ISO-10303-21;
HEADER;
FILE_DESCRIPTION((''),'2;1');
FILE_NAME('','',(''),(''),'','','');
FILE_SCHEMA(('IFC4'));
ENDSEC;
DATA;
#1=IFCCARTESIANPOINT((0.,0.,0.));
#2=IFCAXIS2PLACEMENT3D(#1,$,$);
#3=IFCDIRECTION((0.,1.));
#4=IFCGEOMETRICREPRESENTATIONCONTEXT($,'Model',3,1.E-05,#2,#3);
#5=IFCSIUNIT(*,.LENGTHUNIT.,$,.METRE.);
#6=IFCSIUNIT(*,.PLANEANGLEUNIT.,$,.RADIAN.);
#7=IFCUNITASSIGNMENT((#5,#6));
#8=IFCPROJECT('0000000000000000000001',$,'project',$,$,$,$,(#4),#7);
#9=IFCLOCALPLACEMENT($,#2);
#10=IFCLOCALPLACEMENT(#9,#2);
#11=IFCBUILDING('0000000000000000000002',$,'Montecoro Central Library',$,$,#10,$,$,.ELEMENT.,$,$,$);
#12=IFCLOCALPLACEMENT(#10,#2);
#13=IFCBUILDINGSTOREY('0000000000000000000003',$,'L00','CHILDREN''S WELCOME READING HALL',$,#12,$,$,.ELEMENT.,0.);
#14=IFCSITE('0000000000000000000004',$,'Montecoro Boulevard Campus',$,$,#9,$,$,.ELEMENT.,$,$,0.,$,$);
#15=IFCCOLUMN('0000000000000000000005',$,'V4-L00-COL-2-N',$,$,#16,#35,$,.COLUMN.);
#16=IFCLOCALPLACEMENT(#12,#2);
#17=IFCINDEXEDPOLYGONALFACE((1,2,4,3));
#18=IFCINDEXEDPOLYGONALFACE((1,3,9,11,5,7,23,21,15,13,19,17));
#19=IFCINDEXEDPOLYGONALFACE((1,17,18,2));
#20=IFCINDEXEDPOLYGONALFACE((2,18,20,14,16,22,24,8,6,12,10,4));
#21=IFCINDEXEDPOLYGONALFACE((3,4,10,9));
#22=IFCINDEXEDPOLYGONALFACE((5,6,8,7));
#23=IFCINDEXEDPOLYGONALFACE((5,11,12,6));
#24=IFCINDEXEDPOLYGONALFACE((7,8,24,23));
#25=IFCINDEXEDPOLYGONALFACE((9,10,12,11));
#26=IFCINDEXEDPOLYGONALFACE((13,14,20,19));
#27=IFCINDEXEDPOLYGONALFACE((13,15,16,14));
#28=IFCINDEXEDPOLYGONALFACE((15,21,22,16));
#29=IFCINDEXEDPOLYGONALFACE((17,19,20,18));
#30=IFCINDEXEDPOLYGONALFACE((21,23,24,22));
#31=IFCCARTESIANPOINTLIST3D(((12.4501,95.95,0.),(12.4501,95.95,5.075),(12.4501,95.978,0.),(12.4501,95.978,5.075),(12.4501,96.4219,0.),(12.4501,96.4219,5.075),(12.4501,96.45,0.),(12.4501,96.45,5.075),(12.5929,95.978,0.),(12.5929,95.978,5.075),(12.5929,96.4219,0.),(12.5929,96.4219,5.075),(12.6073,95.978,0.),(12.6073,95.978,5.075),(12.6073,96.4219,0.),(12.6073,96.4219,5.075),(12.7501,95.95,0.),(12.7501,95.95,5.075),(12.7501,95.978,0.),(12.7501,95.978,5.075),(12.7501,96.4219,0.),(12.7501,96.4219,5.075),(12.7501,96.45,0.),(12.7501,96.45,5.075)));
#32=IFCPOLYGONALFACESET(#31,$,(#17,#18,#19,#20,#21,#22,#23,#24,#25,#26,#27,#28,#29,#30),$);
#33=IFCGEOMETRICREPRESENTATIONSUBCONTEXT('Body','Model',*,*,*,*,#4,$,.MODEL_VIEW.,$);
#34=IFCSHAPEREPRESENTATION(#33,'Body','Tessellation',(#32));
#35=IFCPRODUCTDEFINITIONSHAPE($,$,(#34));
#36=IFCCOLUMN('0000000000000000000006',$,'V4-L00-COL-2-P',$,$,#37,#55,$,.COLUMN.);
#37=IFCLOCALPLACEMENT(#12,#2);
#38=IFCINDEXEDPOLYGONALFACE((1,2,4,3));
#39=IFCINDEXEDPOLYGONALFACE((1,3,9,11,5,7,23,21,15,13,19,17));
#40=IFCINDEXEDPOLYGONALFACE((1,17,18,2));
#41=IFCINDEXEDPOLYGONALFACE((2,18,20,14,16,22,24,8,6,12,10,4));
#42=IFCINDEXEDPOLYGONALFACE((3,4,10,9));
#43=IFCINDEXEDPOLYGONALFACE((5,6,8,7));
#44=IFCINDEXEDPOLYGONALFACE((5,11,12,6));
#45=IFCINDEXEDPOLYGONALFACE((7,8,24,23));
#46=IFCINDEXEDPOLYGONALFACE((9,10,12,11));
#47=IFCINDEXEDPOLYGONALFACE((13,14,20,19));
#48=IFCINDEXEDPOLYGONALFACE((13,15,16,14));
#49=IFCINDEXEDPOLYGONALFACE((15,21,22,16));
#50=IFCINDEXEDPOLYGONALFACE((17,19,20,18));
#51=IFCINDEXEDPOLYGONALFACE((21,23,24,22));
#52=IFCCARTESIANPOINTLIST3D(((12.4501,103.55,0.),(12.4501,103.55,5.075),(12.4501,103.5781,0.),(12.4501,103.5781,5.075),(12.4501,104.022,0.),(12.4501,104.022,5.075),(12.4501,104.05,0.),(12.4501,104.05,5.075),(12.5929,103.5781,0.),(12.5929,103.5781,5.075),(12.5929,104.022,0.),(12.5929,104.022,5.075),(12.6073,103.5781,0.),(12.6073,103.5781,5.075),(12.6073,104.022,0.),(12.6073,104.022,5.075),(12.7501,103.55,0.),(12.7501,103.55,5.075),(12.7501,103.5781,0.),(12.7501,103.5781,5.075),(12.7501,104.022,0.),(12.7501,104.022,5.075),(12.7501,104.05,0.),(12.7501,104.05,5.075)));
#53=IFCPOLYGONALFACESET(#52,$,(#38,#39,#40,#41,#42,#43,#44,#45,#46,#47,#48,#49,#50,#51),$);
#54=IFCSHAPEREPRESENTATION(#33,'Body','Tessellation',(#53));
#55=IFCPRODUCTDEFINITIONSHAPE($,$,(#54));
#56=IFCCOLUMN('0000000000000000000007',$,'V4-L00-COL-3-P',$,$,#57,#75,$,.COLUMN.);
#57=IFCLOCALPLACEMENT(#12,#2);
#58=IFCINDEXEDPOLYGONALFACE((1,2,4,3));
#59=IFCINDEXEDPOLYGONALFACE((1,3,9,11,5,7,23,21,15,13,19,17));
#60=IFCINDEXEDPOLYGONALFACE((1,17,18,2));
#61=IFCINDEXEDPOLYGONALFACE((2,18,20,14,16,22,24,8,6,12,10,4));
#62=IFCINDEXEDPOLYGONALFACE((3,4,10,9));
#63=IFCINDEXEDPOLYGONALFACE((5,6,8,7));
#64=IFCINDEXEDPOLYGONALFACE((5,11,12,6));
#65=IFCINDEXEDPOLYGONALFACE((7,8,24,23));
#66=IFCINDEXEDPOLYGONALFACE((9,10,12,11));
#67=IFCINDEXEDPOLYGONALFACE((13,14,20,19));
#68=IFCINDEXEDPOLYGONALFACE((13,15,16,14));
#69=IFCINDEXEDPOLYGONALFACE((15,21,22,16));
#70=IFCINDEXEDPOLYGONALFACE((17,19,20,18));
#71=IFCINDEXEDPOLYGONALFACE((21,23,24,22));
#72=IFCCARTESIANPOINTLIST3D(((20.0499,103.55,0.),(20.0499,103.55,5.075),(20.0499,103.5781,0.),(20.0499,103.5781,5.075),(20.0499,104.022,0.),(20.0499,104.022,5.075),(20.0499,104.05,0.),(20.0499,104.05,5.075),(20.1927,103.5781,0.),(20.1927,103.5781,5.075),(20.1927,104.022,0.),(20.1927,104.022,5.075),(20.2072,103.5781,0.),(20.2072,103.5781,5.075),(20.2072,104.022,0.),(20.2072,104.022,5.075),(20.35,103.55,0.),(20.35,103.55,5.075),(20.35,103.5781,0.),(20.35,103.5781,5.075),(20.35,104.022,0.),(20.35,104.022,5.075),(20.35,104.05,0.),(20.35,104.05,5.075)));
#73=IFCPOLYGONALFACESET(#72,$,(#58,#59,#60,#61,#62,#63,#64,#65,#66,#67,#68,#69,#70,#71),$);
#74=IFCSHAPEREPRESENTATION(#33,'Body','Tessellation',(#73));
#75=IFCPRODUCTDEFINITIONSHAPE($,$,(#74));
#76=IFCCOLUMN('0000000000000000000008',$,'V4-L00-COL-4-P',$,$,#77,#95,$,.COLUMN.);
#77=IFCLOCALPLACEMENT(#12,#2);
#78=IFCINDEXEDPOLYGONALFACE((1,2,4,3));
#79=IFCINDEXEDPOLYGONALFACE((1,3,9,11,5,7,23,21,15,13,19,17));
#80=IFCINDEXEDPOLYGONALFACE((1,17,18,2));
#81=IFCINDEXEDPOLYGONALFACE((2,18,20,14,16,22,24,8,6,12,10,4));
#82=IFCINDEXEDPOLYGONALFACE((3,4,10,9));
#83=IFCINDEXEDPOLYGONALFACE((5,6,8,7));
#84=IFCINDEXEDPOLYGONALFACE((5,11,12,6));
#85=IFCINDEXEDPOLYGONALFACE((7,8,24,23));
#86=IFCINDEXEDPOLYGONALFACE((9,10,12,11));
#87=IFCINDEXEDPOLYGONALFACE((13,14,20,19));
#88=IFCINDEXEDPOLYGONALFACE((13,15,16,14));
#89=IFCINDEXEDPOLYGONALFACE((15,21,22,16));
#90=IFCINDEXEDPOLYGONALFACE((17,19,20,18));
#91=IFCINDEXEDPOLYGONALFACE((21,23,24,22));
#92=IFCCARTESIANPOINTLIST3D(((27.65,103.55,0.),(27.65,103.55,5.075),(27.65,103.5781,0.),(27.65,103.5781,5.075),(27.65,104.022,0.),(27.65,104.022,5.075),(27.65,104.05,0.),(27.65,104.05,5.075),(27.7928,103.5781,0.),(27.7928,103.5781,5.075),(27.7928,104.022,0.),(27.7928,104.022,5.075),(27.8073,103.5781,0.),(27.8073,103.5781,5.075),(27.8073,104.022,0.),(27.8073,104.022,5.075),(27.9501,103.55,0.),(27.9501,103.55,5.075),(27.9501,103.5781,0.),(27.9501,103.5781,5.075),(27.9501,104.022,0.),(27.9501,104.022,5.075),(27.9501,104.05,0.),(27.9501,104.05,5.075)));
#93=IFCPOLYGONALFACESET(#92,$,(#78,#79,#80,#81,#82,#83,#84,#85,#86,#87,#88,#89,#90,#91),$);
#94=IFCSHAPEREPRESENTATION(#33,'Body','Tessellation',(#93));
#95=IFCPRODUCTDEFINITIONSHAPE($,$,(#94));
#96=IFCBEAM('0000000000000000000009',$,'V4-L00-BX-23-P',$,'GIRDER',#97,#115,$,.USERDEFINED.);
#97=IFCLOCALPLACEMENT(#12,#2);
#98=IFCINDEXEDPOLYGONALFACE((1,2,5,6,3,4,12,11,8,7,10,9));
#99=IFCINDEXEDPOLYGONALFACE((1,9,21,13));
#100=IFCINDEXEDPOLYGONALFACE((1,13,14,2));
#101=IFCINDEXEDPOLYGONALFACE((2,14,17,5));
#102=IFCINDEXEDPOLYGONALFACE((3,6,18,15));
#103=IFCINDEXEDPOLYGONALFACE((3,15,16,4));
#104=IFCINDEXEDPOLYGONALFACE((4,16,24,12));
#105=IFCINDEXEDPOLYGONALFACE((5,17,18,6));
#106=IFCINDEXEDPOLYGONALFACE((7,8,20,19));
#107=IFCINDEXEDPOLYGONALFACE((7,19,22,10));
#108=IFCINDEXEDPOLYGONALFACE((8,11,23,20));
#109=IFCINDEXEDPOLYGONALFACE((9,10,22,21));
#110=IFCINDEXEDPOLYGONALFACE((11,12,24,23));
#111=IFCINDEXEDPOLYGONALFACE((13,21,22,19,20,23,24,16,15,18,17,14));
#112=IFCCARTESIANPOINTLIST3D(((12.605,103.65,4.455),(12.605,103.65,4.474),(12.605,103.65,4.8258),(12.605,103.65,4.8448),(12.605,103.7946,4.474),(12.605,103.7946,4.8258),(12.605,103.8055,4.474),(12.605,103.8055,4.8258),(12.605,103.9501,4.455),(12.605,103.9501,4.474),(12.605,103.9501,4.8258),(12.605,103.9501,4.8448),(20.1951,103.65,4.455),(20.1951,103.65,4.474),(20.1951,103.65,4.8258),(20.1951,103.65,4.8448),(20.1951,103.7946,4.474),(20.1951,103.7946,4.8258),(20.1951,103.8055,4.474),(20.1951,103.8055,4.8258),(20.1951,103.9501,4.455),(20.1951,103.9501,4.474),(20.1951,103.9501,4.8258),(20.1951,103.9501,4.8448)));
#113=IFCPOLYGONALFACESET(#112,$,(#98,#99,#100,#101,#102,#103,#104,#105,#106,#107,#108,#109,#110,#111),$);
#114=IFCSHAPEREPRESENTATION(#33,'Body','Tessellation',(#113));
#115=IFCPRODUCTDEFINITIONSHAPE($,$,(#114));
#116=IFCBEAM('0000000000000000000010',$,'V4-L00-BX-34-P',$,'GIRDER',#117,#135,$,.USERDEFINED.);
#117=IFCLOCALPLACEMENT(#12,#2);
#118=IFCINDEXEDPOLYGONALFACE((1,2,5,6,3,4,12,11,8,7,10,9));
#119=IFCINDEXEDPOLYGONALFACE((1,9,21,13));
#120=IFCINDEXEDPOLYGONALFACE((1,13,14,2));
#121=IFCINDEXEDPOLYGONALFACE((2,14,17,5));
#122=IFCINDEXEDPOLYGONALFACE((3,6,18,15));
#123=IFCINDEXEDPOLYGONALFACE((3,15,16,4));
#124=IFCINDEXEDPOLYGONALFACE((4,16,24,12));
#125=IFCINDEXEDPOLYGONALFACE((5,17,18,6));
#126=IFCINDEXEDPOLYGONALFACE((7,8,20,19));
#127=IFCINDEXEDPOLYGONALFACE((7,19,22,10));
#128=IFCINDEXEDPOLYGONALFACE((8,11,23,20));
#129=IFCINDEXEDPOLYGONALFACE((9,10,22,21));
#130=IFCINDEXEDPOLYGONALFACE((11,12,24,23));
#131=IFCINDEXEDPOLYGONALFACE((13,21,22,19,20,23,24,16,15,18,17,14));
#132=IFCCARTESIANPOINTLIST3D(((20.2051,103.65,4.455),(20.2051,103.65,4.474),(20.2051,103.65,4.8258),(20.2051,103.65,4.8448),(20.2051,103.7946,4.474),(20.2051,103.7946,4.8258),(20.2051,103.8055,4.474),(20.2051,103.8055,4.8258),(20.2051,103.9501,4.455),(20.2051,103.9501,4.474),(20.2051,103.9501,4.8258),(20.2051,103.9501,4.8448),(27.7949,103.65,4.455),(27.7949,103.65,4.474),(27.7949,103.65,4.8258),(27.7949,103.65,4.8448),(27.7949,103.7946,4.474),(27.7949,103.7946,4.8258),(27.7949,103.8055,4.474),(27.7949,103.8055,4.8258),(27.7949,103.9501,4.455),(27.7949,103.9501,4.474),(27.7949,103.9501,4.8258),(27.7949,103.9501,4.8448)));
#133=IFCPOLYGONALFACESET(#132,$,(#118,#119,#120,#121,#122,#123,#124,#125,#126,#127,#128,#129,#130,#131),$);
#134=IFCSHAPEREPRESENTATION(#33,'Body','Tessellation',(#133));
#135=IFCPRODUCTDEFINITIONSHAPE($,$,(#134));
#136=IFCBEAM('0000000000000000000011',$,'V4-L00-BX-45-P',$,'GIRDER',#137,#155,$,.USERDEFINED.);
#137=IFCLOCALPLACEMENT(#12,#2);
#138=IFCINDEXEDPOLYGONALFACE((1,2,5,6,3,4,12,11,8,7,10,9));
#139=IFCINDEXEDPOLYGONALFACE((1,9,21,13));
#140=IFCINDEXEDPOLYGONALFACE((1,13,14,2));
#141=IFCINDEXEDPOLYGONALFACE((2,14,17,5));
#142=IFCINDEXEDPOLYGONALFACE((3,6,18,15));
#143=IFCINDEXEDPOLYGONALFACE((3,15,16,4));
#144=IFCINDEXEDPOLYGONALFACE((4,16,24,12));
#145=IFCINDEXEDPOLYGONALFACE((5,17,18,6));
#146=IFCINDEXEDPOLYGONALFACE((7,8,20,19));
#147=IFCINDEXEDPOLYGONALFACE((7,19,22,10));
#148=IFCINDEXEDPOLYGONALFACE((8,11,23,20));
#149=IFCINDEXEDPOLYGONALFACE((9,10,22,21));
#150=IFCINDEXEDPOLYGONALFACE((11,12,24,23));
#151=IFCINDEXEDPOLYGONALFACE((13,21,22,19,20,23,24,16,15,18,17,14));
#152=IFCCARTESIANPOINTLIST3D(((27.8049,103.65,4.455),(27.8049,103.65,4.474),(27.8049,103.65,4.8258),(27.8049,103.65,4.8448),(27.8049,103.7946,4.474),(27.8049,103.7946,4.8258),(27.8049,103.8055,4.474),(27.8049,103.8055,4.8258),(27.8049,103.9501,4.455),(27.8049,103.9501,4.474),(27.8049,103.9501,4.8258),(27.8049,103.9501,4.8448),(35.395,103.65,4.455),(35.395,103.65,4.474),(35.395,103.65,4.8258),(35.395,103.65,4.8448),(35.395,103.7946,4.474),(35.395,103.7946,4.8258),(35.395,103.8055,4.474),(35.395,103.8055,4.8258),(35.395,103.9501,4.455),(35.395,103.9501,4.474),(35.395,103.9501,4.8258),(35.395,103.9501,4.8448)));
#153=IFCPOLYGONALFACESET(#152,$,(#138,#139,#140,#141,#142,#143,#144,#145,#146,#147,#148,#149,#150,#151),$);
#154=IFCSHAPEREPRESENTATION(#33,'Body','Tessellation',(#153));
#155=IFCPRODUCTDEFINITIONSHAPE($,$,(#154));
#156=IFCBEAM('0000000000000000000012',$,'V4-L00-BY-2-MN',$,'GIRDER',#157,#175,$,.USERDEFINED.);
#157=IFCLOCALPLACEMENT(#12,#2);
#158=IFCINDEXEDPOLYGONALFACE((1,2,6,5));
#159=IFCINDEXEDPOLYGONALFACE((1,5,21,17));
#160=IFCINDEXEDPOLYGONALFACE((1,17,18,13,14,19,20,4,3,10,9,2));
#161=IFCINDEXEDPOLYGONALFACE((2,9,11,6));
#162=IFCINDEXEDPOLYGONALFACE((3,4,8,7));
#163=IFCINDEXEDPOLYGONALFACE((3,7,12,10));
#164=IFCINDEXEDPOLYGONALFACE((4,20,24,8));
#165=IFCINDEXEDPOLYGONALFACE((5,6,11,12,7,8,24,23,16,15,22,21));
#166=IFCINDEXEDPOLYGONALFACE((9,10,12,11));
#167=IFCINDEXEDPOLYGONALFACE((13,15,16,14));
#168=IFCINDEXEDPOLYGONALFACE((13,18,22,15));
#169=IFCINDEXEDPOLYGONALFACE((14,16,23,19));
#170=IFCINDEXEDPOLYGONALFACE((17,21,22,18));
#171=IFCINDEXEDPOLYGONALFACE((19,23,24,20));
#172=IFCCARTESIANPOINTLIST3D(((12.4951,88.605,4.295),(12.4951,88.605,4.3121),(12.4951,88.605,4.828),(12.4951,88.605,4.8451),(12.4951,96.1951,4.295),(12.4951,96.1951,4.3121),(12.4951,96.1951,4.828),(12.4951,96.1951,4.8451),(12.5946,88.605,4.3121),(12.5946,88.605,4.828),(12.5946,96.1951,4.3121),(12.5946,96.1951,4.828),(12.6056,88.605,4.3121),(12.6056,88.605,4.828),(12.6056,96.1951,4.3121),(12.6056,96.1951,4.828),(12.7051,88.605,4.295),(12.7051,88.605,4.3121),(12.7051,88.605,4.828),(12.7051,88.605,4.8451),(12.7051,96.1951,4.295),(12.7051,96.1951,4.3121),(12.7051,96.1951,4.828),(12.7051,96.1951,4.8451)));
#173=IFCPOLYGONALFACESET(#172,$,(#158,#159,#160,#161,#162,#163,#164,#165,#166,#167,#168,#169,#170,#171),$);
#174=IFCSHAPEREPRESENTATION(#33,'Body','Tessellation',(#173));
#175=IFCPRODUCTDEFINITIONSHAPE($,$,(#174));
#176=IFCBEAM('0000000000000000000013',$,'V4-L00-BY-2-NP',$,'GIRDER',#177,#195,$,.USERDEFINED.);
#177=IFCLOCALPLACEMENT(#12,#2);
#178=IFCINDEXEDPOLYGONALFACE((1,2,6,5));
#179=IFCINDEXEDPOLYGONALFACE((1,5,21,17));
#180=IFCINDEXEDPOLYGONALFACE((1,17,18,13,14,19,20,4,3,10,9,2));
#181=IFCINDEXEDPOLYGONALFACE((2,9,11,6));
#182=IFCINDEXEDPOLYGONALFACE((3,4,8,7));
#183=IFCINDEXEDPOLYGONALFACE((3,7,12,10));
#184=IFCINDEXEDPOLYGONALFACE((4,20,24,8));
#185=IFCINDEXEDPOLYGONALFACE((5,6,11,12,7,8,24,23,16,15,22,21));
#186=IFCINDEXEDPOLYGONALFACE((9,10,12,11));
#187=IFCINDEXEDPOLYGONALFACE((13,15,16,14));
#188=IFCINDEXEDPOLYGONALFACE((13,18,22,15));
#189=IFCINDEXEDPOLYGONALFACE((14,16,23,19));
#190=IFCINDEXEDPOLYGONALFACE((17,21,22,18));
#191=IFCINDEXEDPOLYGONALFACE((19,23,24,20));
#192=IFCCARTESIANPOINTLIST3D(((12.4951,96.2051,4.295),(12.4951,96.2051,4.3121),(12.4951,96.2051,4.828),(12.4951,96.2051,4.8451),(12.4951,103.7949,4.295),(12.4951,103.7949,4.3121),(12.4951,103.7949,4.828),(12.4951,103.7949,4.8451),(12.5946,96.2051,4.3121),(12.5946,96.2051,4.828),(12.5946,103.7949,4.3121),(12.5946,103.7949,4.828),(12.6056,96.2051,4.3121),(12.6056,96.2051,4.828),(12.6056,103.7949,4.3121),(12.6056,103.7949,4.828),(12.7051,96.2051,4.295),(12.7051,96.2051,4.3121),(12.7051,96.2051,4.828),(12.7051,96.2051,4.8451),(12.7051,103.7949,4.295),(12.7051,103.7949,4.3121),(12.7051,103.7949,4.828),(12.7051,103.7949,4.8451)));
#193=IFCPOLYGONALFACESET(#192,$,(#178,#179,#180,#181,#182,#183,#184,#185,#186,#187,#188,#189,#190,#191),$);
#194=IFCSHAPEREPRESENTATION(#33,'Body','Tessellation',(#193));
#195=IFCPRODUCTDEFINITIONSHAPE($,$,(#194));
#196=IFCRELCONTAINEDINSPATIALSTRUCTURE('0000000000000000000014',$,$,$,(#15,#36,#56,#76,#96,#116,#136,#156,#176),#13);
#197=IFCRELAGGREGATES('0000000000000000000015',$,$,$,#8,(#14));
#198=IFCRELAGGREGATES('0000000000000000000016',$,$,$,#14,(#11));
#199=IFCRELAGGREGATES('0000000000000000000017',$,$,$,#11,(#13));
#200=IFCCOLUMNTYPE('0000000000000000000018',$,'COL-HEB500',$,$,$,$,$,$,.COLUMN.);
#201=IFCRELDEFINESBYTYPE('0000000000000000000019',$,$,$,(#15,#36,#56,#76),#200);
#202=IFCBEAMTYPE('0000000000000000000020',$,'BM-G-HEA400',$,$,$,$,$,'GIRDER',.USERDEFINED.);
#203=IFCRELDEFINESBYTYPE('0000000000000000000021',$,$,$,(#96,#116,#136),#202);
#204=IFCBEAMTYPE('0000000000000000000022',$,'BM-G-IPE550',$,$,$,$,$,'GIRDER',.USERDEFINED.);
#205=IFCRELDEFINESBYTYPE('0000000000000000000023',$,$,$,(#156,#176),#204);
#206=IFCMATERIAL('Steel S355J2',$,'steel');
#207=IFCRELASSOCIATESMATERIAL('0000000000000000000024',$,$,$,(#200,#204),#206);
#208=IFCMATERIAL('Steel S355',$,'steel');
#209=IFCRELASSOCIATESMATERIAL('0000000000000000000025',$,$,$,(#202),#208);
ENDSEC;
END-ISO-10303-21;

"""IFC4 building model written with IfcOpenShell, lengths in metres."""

from ifc_helpers import new_model, si_unit, direction, frame, origin, origin_2d, place, context, subcontext, project, spatial, i_section, extrude, material, material_profile, profile_set, type_object, element, save


model = new_model("IFC4")

# Units and contexts
model_context = context("Model", 3, precision=1e-05, world=origin(), true_north=direction((0.0, 1.0)))
body_context = subcontext(model_context, "Body", "Model", "MODEL_VIEW")
ifc_project = project(units=[si_unit("LENGTHUNIT", "METRE"), si_unit("PLANEANGLEUNIT", "RADIAN")], contexts=[model_context])

# Site, building, storey
site_placement = place(None, origin())
site = spatial("IfcSite", under=ifc_project, at=site_placement, Name="Montecoro Boulevard Campus", CompositionType="ELEMENT", RefElevation=0.0)
building_placement = place(site_placement, origin())
building = spatial("IfcBuilding", under=site, at=building_placement, Name="Montecoro Central Library", CompositionType="ELEMENT")
storey_placement = place(building_placement, origin())
storey = spatial("IfcBuildingStorey", under=building, at=storey_placement, Name="L00", Description="CHILDREN'S WELCOME READING HALL", CompositionType="ELEMENT", Elevation=0.0)

# Columns
ifc_material_1 = material(Name="Steel S355J2", Category="steel")
ifc_material_profile_1 = material_profile(ifc_material_1, i_section(OverallWidth=0.3, OverallDepth=0.5, WebThickness=0.0144, FlangeThickness=0.0281, at=origin_2d()), Name="HEB 500")
ifc_profile_set_1 = profile_set([ifc_material_profile_1], Name="Steel S355J2")
column_type = type_object("IfcColumnType", Name="COL-HEB500", PredefinedType="COLUMN", material=ifc_profile_set_1)
for number, where, z_axis, x_axis, name in (
    (1, (12.6001, 96.2, 0.0), (0.0, 0.0, 1.0), (1.0, 0.0, 0.0), "V4-L00-COL-2-N"),
    (2, (12.6001, 103.8, 0.0), (0.0, 0.0, 1.0), (1.0, 0.0, 0.0), "V4-L00-COL-2-P"),
    (3, (20.2, 103.8, 0.0), (0.0, 0.0, 1.0), (1.0, 0.0, 0.0), "V4-L00-COL-3-P"),
    (4, (27.8, 103.8, 0.0), (0.0, 0.0, 1.0), (1.0, 0.0, 0.0), "V4-L00-COL-4-P"),
):
    element("IfcColumn", number, at=place(storey_placement, frame(where, z_axis=z_axis, x_axis=x_axis)), inside=storey, type_object=column_type, Name=name, PredefinedType="COLUMN", context=body_context, shape_type="SweptSolid", body=[
        extrude(i_section(OverallWidth=0.3, OverallDepth=0.5, WebThickness=0.0144, FlangeThickness=0.0281, at=origin_2d()), origin(), (0.0, 0.0, 1.0), 5.075),
    ])

# Beams
ifc_material_2 = material(Name="Steel S355", Category="steel")
ifc_material_profile_2 = material_profile(ifc_material_2, i_section(OverallWidth=0.3, OverallDepth=0.3899, WebThickness=0.011, FlangeThickness=0.019, at=origin_2d()), Name="HEA 400")
ifc_profile_set_2 = profile_set([ifc_material_profile_2], Name="Steel S355")
beam_type_1 = type_object("IfcBeamType", Name="BM-G-HEA400", ElementType="GIRDER", PredefinedType="USERDEFINED", material=ifc_profile_set_2)
beam_1_placement = place(storey_placement, frame((12.605, 103.8, 4.6499), z_axis=(1.0, 0.0, 0.0), x_axis=(0.0, 1.0, 0.0)))
element("IfcBeam", 5, at=beam_1_placement, inside=storey, type_object=beam_type_1, Name="V4-L00-BX-23-P", ObjectType="GIRDER", PredefinedType="USERDEFINED", context=body_context, shape_type="SweptSolid", body=[
    extrude(i_section(OverallWidth=0.3, OverallDepth=0.3899, WebThickness=0.011, FlangeThickness=0.019, at=origin_2d()), origin(), (0.0, 0.0, 1.0), 7.5901),
])
beam_2_placement = place(storey_placement, frame((20.2051, 103.8, 4.6499), z_axis=(1.0, 0.0, 0.0), x_axis=(0.0, 1.0, 0.0)))
element("IfcBeam", 6, at=beam_2_placement, inside=storey, type_object=beam_type_1, Name="V4-L00-BX-34-P", ObjectType="GIRDER", PredefinedType="USERDEFINED", context=body_context, shape_type="SweptSolid", body=[
    extrude(i_section(OverallWidth=0.3, OverallDepth=0.3899, WebThickness=0.011, FlangeThickness=0.019, at=origin_2d()), origin(), (0.0, 0.0, 1.0), 7.5898),
])
beam_3_placement = place(storey_placement, frame((27.8049, 103.8, 4.6499), z_axis=(1.0, 0.0, 0.0), x_axis=(0.0, 1.0, 0.0)))
element("IfcBeam", 7, at=beam_3_placement, inside=storey, type_object=beam_type_1, Name="V4-L00-BX-45-P", ObjectType="GIRDER", PredefinedType="USERDEFINED", context=body_context, shape_type="SweptSolid", body=[
    extrude(i_section(OverallWidth=0.3, OverallDepth=0.3899, WebThickness=0.011, FlangeThickness=0.019, at=origin_2d()), origin(), (0.0, 0.0, 1.0), 7.5901),
])
ifc_material_profile_3 = material_profile(ifc_material_1, i_section(OverallWidth=0.21, OverallDepth=0.55, WebThickness=0.011, FlangeThickness=0.0171, at=origin_2d()), Name="IPE 550")
ifc_profile_set_3 = profile_set([ifc_material_profile_3], Name="Steel S355J2")
beam_type_2 = type_object("IfcBeamType", Name="BM-G-IPE550", ElementType="GIRDER", PredefinedType="USERDEFINED", material=ifc_profile_set_3)
beam_4_placement = place(storey_placement, frame((12.6001, 88.605, 4.5701), z_axis=(0.0, 1.0, 0.0), x_axis=(-1.0, 0.0, 0.0)))
element("IfcBeam", 8, at=beam_4_placement, inside=storey, type_object=beam_type_2, Name="V4-L00-BY-2-MN", ObjectType="GIRDER", PredefinedType="USERDEFINED", context=body_context, shape_type="SweptSolid", body=[
    extrude(i_section(OverallWidth=0.21, OverallDepth=0.55, WebThickness=0.011, FlangeThickness=0.0171, at=origin_2d()), origin(), (0.0, 0.0, 1.0), 7.5901),
])
beam_5_placement = place(storey_placement, frame((12.6001, 96.2051, 4.5701), z_axis=(0.0, 1.0, 0.0), x_axis=(-1.0, 0.0, 0.0)))
element("IfcBeam", 9, at=beam_5_placement, inside=storey, type_object=beam_type_2, Name="V4-L00-BY-2-NP", ObjectType="GIRDER", PredefinedType="USERDEFINED", context=body_context, shape_type="SweptSolid", body=[
    extrude(i_section(OverallWidth=0.21, OverallDepth=0.55, WebThickness=0.011, FlangeThickness=0.0171, at=origin_2d()), origin(), (0.0, 0.0, 1.0), 7.5898),
])

save(model, "model.ifc")
